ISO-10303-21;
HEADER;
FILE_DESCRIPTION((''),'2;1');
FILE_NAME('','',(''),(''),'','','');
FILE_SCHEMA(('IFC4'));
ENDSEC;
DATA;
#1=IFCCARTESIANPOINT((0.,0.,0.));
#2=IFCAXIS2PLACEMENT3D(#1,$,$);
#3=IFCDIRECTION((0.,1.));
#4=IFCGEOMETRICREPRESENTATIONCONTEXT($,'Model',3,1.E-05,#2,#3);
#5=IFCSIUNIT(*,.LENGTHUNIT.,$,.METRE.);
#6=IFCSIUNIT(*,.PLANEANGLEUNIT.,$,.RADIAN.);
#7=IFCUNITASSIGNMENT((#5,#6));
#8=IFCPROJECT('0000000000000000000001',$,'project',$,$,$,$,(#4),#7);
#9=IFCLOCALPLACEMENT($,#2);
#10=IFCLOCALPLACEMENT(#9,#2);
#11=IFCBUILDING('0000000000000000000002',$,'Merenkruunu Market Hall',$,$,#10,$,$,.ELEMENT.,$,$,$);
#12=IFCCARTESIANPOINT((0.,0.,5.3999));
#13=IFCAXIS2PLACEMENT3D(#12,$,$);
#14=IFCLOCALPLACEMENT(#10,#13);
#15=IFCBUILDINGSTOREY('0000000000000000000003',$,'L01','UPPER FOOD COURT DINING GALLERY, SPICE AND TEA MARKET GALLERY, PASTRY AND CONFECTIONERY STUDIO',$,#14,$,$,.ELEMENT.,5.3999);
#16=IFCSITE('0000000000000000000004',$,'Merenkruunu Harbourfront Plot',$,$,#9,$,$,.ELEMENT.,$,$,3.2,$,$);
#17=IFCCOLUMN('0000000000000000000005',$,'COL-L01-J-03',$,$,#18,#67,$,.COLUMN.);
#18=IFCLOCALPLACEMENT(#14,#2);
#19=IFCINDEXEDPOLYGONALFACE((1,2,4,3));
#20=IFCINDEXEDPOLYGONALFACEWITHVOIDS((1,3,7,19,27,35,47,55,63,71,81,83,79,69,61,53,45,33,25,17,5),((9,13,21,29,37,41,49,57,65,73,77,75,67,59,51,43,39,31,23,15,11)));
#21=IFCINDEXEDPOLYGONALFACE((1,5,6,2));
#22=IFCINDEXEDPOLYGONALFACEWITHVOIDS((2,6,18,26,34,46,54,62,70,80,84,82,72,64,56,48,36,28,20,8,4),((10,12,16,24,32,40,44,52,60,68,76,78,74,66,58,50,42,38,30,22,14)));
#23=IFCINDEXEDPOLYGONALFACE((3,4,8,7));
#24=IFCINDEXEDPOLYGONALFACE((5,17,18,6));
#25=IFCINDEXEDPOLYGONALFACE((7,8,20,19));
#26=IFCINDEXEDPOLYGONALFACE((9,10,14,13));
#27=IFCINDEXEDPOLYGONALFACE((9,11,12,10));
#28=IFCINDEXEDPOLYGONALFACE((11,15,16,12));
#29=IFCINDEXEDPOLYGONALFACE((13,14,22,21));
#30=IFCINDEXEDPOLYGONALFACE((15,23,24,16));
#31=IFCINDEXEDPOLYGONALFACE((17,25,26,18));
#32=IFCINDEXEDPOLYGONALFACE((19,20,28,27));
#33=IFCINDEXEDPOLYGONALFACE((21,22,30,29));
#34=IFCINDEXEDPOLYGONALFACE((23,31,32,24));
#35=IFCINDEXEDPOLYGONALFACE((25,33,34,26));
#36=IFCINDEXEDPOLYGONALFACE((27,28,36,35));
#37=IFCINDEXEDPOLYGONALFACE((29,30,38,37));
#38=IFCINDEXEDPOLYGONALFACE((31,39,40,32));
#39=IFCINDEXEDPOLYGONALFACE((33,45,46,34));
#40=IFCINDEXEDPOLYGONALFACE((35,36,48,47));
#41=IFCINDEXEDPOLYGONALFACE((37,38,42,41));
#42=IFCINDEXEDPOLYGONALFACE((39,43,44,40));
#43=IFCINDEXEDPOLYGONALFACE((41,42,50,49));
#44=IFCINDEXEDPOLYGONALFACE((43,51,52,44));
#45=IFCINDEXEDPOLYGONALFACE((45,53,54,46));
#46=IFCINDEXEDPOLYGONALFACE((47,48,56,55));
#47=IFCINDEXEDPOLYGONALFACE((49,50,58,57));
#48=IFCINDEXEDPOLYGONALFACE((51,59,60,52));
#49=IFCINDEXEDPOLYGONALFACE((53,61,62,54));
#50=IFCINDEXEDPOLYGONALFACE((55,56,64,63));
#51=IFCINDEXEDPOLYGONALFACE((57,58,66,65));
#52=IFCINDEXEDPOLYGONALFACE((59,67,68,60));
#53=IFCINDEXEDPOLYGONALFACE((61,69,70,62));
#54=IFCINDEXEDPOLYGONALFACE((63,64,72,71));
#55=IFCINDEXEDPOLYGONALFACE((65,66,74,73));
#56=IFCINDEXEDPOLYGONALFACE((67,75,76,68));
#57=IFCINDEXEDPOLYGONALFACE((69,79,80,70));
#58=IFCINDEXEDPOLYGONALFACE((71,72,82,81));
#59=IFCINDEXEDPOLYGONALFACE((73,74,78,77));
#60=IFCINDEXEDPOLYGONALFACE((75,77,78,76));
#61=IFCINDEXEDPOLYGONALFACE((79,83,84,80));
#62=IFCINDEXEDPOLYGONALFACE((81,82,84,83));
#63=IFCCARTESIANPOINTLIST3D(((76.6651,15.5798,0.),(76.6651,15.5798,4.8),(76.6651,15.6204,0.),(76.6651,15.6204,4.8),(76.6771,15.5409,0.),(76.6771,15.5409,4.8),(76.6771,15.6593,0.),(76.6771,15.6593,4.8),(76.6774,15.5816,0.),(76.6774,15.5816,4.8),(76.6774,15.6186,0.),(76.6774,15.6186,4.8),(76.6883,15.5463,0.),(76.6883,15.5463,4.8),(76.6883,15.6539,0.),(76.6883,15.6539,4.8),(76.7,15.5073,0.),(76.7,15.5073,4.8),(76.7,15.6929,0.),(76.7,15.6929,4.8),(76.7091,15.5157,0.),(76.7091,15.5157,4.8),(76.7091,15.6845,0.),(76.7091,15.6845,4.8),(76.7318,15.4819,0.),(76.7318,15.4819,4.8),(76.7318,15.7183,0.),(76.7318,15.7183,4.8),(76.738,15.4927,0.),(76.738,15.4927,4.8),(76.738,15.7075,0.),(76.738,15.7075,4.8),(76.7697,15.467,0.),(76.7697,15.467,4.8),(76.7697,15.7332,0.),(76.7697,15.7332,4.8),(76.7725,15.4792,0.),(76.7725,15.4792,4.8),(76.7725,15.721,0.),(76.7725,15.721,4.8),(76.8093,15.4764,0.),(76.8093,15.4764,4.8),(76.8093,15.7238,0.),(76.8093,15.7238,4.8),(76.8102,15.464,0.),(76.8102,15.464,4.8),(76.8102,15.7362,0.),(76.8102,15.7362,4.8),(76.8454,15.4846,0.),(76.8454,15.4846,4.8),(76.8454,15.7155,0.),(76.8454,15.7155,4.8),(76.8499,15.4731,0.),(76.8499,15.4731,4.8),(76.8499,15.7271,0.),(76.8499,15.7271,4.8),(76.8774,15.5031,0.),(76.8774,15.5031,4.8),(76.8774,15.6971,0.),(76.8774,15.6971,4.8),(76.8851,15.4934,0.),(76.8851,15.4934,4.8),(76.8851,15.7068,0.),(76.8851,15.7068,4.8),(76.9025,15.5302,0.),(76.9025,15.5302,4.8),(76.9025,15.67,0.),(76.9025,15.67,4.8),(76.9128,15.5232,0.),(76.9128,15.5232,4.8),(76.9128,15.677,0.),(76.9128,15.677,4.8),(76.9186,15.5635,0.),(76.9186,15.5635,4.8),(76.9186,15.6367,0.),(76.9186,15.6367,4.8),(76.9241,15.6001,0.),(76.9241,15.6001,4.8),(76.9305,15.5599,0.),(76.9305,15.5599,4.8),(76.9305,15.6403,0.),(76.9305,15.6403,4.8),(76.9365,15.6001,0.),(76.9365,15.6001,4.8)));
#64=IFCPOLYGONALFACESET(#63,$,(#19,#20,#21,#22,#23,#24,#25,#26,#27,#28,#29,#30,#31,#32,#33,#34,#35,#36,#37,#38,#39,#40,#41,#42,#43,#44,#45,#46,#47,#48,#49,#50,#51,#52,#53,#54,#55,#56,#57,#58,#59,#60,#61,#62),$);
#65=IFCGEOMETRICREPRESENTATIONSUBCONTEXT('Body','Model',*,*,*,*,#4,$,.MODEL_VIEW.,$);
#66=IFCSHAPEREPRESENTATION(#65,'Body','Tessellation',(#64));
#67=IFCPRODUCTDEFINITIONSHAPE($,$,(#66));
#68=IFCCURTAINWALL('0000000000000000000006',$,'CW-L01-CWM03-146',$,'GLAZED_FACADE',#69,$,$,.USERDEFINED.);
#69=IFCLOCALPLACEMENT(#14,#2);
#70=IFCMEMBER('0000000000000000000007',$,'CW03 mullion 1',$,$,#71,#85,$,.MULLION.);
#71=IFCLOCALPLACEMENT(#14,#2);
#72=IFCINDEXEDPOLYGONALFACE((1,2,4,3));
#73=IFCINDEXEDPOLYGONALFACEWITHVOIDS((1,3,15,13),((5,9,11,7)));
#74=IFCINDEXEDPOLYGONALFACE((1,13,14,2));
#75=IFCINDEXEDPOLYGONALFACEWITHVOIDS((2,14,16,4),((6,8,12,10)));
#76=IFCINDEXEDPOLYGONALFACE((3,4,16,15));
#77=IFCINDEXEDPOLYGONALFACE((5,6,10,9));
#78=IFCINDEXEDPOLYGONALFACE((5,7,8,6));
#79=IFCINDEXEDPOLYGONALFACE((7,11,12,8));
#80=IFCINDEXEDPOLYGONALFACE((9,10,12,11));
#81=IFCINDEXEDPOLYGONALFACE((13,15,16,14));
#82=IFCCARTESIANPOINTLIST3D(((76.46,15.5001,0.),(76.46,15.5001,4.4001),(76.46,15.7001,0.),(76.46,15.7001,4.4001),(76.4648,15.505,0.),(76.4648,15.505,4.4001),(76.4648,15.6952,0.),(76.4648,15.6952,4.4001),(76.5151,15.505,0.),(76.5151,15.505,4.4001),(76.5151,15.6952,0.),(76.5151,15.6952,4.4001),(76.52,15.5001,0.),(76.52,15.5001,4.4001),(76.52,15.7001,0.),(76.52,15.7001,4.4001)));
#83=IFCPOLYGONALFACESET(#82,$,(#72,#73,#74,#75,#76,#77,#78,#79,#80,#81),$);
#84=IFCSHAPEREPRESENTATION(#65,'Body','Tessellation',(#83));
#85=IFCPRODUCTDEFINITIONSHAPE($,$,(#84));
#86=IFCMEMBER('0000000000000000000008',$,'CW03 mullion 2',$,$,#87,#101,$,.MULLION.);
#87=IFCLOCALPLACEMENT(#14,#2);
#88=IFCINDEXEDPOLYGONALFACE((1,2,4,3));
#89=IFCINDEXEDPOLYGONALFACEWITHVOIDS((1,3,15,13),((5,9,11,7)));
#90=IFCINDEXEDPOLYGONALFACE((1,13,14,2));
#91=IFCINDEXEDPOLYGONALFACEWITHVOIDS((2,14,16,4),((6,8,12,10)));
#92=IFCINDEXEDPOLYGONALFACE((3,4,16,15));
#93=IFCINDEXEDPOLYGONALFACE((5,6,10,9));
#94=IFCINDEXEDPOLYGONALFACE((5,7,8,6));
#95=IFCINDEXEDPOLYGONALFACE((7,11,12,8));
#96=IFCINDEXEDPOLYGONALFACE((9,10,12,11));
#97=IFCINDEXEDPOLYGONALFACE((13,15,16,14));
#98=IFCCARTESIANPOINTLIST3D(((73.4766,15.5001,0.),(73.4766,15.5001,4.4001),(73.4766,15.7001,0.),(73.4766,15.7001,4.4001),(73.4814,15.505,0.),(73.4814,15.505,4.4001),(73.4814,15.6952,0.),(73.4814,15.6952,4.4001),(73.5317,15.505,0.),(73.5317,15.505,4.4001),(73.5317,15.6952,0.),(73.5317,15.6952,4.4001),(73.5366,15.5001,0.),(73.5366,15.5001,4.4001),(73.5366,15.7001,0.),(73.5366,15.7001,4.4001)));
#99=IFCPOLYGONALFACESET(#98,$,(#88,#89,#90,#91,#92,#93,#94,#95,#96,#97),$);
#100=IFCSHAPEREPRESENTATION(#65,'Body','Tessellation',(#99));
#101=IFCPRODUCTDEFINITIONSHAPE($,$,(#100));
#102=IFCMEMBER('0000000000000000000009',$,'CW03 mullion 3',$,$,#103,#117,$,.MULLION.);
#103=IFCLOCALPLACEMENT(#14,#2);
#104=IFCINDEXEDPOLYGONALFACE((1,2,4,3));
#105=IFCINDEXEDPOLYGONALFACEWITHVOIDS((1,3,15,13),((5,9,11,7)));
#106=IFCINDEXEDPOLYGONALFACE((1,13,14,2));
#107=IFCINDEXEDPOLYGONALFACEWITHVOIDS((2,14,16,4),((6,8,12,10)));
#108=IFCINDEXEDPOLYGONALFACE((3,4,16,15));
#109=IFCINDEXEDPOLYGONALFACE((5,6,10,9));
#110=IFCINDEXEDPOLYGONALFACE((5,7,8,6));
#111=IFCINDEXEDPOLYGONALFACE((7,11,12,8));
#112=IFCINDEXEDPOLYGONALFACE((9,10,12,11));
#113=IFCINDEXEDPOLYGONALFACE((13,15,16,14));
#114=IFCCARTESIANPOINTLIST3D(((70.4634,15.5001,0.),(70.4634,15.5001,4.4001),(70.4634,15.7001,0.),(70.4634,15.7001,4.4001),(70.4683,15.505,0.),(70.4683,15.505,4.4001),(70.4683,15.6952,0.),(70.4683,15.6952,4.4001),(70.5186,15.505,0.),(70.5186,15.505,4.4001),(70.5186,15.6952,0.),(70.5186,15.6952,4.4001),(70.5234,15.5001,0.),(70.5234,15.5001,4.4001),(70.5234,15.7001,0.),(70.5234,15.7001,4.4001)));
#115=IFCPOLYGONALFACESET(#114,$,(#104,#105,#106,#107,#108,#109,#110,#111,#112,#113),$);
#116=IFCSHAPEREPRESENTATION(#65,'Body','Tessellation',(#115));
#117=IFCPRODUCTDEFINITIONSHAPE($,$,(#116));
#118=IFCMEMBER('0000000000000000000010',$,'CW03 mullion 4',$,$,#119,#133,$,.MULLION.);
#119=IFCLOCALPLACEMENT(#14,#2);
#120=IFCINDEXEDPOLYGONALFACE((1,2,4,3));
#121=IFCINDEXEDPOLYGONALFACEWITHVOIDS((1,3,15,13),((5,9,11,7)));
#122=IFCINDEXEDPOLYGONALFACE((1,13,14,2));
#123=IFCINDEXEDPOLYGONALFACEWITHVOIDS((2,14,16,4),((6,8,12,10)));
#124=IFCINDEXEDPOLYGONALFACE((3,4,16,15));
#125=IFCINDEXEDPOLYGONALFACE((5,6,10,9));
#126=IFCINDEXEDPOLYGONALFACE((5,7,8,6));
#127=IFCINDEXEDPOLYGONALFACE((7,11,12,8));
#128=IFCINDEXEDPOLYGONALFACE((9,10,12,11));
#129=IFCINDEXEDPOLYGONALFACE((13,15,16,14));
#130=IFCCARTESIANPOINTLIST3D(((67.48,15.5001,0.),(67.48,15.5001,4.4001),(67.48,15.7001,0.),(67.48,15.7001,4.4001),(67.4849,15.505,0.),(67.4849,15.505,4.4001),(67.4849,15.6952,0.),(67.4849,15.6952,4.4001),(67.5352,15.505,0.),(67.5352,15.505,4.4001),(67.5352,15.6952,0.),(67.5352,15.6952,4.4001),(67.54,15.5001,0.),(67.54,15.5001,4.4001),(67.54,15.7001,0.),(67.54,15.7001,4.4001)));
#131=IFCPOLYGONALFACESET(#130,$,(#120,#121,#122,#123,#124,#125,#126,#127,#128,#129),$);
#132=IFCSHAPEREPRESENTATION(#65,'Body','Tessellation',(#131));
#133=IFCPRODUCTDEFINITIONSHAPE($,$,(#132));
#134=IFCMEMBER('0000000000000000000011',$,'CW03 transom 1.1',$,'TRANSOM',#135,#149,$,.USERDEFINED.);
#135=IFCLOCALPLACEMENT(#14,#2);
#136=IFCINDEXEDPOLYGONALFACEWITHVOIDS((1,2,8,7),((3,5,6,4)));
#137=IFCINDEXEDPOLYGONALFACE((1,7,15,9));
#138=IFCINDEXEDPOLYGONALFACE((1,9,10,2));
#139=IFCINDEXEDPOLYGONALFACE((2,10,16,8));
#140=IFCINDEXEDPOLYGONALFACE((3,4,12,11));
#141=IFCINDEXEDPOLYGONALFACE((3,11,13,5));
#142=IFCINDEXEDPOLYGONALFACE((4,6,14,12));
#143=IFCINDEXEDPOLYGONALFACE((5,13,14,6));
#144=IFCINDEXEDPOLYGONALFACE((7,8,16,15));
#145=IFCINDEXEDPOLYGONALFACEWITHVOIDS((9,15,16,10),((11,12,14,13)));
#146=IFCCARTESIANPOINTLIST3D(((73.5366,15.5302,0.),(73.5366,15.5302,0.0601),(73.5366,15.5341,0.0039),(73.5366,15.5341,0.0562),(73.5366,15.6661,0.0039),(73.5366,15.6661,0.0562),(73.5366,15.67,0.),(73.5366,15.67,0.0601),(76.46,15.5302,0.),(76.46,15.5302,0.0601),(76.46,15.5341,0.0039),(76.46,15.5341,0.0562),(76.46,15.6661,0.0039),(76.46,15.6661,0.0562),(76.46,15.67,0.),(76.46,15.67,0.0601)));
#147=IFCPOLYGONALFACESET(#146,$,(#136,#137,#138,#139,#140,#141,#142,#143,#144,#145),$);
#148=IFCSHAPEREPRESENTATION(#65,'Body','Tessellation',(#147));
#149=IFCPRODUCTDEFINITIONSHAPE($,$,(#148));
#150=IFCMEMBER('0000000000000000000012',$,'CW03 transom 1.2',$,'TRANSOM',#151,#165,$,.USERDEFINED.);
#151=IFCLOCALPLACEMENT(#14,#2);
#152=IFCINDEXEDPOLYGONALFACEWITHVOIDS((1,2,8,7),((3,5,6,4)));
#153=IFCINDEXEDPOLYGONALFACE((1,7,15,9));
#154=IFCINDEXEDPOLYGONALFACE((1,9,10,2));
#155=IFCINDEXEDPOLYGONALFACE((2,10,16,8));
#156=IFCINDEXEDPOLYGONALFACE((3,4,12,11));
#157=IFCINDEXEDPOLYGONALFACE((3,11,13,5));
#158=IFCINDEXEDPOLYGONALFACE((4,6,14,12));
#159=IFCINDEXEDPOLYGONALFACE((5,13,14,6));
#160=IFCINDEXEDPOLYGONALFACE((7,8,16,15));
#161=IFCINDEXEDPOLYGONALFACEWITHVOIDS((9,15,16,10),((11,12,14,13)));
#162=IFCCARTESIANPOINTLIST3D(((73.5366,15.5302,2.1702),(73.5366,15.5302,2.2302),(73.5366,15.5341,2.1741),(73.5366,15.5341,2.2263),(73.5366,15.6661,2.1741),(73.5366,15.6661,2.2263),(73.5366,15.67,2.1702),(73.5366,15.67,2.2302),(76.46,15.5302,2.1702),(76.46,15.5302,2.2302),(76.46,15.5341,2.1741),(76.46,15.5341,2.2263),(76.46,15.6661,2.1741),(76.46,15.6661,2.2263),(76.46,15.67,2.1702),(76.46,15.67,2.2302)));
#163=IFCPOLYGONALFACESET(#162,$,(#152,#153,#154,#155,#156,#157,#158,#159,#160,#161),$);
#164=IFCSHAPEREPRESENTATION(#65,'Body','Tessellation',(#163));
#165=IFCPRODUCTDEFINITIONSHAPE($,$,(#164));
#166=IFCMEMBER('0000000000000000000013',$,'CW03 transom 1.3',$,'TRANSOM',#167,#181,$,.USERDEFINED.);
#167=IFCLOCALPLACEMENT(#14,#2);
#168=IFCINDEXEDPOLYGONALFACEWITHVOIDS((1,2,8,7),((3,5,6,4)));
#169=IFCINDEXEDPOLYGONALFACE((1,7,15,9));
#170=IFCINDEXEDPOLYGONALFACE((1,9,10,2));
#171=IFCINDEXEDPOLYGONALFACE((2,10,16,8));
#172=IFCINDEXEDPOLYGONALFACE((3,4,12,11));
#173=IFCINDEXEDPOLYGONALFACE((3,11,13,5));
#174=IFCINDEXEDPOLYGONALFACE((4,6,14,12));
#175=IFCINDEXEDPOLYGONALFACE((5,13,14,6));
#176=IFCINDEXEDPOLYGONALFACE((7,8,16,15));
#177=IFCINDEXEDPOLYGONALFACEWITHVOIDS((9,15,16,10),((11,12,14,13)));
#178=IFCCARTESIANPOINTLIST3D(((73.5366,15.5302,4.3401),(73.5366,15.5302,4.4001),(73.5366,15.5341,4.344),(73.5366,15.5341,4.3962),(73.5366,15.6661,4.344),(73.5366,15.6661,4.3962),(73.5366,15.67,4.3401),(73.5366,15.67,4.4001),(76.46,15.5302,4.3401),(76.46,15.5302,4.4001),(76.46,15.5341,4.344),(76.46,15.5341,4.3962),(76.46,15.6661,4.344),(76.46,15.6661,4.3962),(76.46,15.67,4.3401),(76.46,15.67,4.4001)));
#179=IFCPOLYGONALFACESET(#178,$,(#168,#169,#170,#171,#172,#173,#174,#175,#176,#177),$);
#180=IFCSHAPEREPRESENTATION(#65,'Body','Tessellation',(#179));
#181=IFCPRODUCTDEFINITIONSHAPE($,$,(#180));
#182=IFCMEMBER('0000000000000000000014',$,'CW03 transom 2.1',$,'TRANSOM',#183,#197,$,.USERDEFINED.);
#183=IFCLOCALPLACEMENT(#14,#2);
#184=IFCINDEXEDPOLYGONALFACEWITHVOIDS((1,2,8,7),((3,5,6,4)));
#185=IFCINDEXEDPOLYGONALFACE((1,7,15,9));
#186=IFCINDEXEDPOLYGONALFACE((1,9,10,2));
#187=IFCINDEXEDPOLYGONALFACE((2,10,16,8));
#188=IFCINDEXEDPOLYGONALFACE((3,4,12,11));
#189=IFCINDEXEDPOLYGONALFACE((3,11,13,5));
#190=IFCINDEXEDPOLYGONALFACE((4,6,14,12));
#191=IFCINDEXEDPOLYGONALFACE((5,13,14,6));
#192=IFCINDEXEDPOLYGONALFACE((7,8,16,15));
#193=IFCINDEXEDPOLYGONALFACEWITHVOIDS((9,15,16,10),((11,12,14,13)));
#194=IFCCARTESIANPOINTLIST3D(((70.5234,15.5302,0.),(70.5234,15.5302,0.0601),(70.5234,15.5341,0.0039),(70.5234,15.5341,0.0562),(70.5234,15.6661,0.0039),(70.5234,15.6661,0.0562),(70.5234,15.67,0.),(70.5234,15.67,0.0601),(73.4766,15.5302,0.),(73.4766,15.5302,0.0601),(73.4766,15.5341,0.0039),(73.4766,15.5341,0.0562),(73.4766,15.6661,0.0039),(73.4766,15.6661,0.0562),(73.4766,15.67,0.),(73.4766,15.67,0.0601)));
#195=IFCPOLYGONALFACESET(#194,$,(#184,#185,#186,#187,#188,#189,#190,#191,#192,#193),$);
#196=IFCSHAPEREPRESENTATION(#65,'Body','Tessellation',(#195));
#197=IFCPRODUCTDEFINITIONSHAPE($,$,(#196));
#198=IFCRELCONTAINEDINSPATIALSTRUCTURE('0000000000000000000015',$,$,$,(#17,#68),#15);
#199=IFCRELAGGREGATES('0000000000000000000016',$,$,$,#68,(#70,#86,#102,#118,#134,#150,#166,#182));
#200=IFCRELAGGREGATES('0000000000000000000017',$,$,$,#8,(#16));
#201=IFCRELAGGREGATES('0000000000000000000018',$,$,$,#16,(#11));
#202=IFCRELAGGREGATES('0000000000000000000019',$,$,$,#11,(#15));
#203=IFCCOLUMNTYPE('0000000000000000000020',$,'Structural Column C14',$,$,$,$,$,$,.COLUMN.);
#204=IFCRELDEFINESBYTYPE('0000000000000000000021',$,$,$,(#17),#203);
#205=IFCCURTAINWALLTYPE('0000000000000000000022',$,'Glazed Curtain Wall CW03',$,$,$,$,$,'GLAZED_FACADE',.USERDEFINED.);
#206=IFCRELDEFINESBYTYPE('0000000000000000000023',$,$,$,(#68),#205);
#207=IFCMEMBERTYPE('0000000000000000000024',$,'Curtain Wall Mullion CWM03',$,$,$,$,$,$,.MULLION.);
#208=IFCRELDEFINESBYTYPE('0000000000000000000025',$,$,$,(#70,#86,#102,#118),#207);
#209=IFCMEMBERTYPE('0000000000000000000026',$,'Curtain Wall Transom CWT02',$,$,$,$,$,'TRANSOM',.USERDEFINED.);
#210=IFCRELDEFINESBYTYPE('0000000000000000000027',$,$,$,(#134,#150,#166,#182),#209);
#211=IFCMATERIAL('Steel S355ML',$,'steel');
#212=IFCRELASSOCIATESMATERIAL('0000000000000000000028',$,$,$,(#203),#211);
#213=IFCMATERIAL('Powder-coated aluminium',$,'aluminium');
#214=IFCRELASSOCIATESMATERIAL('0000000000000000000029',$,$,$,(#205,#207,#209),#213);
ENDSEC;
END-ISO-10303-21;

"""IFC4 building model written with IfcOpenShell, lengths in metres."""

from ifc_helpers import new_model, si_unit, direction, frame, origin, origin_2d, place, context, subcontext, project, spatial, hollow_rectangle, hollow_circle, extrude, material, material_profile, profile_set, type_object, element, aggregate, save


model = new_model("IFC4")

# Units and contexts
model_context = context("Model", 3, precision=1e-05, world=origin(), true_north=direction((0.0, 1.0)))
body_context = subcontext(model_context, "Body", "Model", "MODEL_VIEW")
ifc_project = project(units=[si_unit("LENGTHUNIT", "METRE"), si_unit("PLANEANGLEUNIT", "RADIAN")], contexts=[model_context])

# Site, building, storey
site_placement = place(None, origin())
site = spatial("IfcSite", under=ifc_project, at=site_placement, Name="Merenkruunu Harbourfront Plot", CompositionType="ELEMENT", RefElevation=3.2)
building_placement = place(site_placement, origin())
building = spatial("IfcBuilding", under=site, at=building_placement, Name="Merenkruunu Market Hall", CompositionType="ELEMENT")
storey_placement = place(building_placement, frame((0.0, 0.0, 5.3999)))
storey = spatial("IfcBuildingStorey", under=building, at=storey_placement, Name="L01", Description="UPPER FOOD COURT DINING GALLERY, SPICE AND TEA MARKET GALLERY, PASTRY AND CONFECTIONERY STUDIO", CompositionType="ELEMENT", Elevation=5.3999)

# Column
ifc_material_1 = material(Name="Steel S355ML", Category="steel")
ifc_material_profile_1 = material_profile(ifc_material_1, hollow_circle(Radius=0.1365, WallThickness=0.0125, at=origin_2d()), Name="CHS 273x12.5")
ifc_profile_set_1 = profile_set([ifc_material_profile_1], Name="Steel S355ML")
column_type = type_object("IfcColumnType", Name="Structural Column C14", PredefinedType="COLUMN", material=ifc_profile_set_1)
column_placement = place(storey_placement, frame((76.8, 15.6001, 0.0), z_axis=(0.0, 0.0, 1.0), x_axis=(1.0, 0.0, 0.0)))
element("IfcColumn", 1, at=column_placement, inside=storey, type_object=column_type, Name="COL-L01-J-03", PredefinedType="COLUMN", context=body_context, shape_type="SweptSolid", body=[
    extrude(hollow_circle(Radius=0.1365, WallThickness=0.0125, at=origin_2d()), origin(), (0.0, 0.0, 1.0), 4.8),
])

# Curtain wall, members
ifc_material_2 = material(Name="Powder-coated aluminium", Category="aluminium")
curtain_wall_type = type_object("IfcCurtainWallType", Name="Glazed Curtain Wall CW03", ElementType="GLAZED_FACADE", PredefinedType="USERDEFINED", material=ifc_material_2)
curtain_wall_placement = place(storey_placement, origin())
curtain_wall = element("IfcCurtainWall", 2, at=curtain_wall_placement, inside=storey, type_object=curtain_wall_type, Name="CW-L01-CWM03-146", ObjectType="GLAZED_FACADE", PredefinedType="USERDEFINED")
ifc_material_profile_2 = material_profile(ifc_material_2, hollow_rectangle(XDim=0.0601, YDim=0.2, WallThickness=0.0049, at=origin_2d()), Name="ALU 60x200x5")
ifc_profile_set_2 = profile_set([ifc_material_profile_2], Name="Powder-coated aluminium")
member_type_1 = type_object("IfcMemberType", Name="Curtain Wall Mullion CWM03", PredefinedType="MULLION", material=ifc_profile_set_2)
member_1_placement = place(storey_placement, frame((76.49, 15.6001, 0.0), z_axis=(0.0, 0.0, 1.0), x_axis=(-1.0, 0.0, 0.0)))
member_1 = element("IfcMember", 3, at=member_1_placement, type_object=member_type_1, Name="CW03 mullion 1", PredefinedType="MULLION", context=body_context, shape_type="SweptSolid", body=[
    extrude(hollow_rectangle(XDim=0.0601, YDim=0.2, WallThickness=0.0049, at=origin_2d()), origin(), (0.0, 0.0, 1.0), 4.4001),
])
member_2_placement = place(storey_placement, frame((73.5066, 15.6001, 0.0), z_axis=(0.0, 0.0, 1.0), x_axis=(-1.0, 0.0, 0.0)))
member_2 = element("IfcMember", 4, at=member_2_placement, type_object=member_type_1, Name="CW03 mullion 2", PredefinedType="MULLION", context=body_context, shape_type="SweptSolid", body=[
    extrude(hollow_rectangle(XDim=0.0601, YDim=0.2, WallThickness=0.0049, at=origin_2d()), origin(), (0.0, 0.0, 1.0), 4.4001),
])
member_3_placement = place(storey_placement, frame((70.4934, 15.6001, 0.0), z_axis=(0.0, 0.0, 1.0), x_axis=(-1.0, 0.0, 0.0)))
member_3 = element("IfcMember", 5, at=member_3_placement, type_object=member_type_1, Name="CW03 mullion 3", PredefinedType="MULLION", context=body_context, shape_type="SweptSolid", body=[
    extrude(hollow_rectangle(XDim=0.0601, YDim=0.2, WallThickness=0.0049, at=origin_2d()), origin(), (0.0, 0.0, 1.0), 4.4001),
])
member_4_placement = place(storey_placement, frame((67.51, 15.6001, 0.0), z_axis=(0.0, 0.0, 1.0), x_axis=(-1.0, 0.0, 0.0)))
member_4 = element("IfcMember", 6, at=member_4_placement, type_object=member_type_1, Name="CW03 mullion 4", PredefinedType="MULLION", context=body_context, shape_type="SweptSolid", body=[
    extrude(hollow_rectangle(XDim=0.0601, YDim=0.2, WallThickness=0.0049, at=origin_2d()), origin(), (0.0, 0.0, 1.0), 4.4001),
])
ifc_material_profile_3 = material_profile(ifc_material_2, hollow_rectangle(XDim=0.0601, YDim=0.1399, WallThickness=0.0039, at=origin_2d()), Name="ALU 60x140x4")
ifc_profile_set_3 = profile_set([ifc_material_profile_3], Name="Powder-coated aluminium")
member_type_2 = type_object("IfcMemberType", Name="Curtain Wall Transom CWT02", ElementType="TRANSOM", PredefinedType="USERDEFINED", material=ifc_profile_set_3)
member_5_placement = place(storey_placement, frame((76.46, 15.6001, 0.03), z_axis=(-1.0, 0.0, 0.0), x_axis=(0.0, 0.0, 1.0)))
member_5 = element("IfcMember", 7, at=member_5_placement, type_object=member_type_2, Name="CW03 transom 1.1", ObjectType="TRANSOM", PredefinedType="USERDEFINED", context=body_context, shape_type="SweptSolid", body=[
    extrude(hollow_rectangle(XDim=0.0601, YDim=0.1399, WallThickness=0.0039, at=origin_2d()), origin(), (0.0, 0.0, 1.0), 2.9233),
])
member_6_placement = place(storey_placement, frame((76.46, 15.6001, 2.2002), z_axis=(-1.0, 0.0, 0.0), x_axis=(0.0, 0.0, 1.0)))
member_6 = element("IfcMember", 8, at=member_6_placement, type_object=member_type_2, Name="CW03 transom 1.2", ObjectType="TRANSOM", PredefinedType="USERDEFINED", context=body_context, shape_type="SweptSolid", body=[
    extrude(hollow_rectangle(XDim=0.0601, YDim=0.1399, WallThickness=0.0039, at=origin_2d()), origin(), (0.0, 0.0, 1.0), 2.9233),
])
member_7_placement = place(storey_placement, frame((76.46, 15.6001, 4.3701), z_axis=(-1.0, 0.0, 0.0), x_axis=(0.0, 0.0, 1.0)))
member_7 = element("IfcMember", 9, at=member_7_placement, type_object=member_type_2, Name="CW03 transom 1.3", ObjectType="TRANSOM", PredefinedType="USERDEFINED", context=body_context, shape_type="SweptSolid", body=[
    extrude(hollow_rectangle(XDim=0.0601, YDim=0.1399, WallThickness=0.0039, at=origin_2d()), origin(), (0.0, 0.0, 1.0), 2.9233),
])
member_8_placement = place(storey_placement, frame((73.4766, 15.6001, 0.03), z_axis=(-1.0, 0.0, 0.0), x_axis=(0.0, 0.0, 1.0)))
member_8 = element("IfcMember", 10, at=member_8_placement, type_object=member_type_2, Name="CW03 transom 2.1", ObjectType="TRANSOM", PredefinedType="USERDEFINED", context=body_context, shape_type="SweptSolid", body=[
    extrude(hollow_rectangle(XDim=0.0601, YDim=0.1399, WallThickness=0.0039, at=origin_2d()), origin(), (0.0, 0.0, 1.0), 2.9531),
])

aggregate(curtain_wall, [member_1, member_2, member_3, member_4, member_5, member_6, member_7, member_8])

save(model, "model.ifc")
